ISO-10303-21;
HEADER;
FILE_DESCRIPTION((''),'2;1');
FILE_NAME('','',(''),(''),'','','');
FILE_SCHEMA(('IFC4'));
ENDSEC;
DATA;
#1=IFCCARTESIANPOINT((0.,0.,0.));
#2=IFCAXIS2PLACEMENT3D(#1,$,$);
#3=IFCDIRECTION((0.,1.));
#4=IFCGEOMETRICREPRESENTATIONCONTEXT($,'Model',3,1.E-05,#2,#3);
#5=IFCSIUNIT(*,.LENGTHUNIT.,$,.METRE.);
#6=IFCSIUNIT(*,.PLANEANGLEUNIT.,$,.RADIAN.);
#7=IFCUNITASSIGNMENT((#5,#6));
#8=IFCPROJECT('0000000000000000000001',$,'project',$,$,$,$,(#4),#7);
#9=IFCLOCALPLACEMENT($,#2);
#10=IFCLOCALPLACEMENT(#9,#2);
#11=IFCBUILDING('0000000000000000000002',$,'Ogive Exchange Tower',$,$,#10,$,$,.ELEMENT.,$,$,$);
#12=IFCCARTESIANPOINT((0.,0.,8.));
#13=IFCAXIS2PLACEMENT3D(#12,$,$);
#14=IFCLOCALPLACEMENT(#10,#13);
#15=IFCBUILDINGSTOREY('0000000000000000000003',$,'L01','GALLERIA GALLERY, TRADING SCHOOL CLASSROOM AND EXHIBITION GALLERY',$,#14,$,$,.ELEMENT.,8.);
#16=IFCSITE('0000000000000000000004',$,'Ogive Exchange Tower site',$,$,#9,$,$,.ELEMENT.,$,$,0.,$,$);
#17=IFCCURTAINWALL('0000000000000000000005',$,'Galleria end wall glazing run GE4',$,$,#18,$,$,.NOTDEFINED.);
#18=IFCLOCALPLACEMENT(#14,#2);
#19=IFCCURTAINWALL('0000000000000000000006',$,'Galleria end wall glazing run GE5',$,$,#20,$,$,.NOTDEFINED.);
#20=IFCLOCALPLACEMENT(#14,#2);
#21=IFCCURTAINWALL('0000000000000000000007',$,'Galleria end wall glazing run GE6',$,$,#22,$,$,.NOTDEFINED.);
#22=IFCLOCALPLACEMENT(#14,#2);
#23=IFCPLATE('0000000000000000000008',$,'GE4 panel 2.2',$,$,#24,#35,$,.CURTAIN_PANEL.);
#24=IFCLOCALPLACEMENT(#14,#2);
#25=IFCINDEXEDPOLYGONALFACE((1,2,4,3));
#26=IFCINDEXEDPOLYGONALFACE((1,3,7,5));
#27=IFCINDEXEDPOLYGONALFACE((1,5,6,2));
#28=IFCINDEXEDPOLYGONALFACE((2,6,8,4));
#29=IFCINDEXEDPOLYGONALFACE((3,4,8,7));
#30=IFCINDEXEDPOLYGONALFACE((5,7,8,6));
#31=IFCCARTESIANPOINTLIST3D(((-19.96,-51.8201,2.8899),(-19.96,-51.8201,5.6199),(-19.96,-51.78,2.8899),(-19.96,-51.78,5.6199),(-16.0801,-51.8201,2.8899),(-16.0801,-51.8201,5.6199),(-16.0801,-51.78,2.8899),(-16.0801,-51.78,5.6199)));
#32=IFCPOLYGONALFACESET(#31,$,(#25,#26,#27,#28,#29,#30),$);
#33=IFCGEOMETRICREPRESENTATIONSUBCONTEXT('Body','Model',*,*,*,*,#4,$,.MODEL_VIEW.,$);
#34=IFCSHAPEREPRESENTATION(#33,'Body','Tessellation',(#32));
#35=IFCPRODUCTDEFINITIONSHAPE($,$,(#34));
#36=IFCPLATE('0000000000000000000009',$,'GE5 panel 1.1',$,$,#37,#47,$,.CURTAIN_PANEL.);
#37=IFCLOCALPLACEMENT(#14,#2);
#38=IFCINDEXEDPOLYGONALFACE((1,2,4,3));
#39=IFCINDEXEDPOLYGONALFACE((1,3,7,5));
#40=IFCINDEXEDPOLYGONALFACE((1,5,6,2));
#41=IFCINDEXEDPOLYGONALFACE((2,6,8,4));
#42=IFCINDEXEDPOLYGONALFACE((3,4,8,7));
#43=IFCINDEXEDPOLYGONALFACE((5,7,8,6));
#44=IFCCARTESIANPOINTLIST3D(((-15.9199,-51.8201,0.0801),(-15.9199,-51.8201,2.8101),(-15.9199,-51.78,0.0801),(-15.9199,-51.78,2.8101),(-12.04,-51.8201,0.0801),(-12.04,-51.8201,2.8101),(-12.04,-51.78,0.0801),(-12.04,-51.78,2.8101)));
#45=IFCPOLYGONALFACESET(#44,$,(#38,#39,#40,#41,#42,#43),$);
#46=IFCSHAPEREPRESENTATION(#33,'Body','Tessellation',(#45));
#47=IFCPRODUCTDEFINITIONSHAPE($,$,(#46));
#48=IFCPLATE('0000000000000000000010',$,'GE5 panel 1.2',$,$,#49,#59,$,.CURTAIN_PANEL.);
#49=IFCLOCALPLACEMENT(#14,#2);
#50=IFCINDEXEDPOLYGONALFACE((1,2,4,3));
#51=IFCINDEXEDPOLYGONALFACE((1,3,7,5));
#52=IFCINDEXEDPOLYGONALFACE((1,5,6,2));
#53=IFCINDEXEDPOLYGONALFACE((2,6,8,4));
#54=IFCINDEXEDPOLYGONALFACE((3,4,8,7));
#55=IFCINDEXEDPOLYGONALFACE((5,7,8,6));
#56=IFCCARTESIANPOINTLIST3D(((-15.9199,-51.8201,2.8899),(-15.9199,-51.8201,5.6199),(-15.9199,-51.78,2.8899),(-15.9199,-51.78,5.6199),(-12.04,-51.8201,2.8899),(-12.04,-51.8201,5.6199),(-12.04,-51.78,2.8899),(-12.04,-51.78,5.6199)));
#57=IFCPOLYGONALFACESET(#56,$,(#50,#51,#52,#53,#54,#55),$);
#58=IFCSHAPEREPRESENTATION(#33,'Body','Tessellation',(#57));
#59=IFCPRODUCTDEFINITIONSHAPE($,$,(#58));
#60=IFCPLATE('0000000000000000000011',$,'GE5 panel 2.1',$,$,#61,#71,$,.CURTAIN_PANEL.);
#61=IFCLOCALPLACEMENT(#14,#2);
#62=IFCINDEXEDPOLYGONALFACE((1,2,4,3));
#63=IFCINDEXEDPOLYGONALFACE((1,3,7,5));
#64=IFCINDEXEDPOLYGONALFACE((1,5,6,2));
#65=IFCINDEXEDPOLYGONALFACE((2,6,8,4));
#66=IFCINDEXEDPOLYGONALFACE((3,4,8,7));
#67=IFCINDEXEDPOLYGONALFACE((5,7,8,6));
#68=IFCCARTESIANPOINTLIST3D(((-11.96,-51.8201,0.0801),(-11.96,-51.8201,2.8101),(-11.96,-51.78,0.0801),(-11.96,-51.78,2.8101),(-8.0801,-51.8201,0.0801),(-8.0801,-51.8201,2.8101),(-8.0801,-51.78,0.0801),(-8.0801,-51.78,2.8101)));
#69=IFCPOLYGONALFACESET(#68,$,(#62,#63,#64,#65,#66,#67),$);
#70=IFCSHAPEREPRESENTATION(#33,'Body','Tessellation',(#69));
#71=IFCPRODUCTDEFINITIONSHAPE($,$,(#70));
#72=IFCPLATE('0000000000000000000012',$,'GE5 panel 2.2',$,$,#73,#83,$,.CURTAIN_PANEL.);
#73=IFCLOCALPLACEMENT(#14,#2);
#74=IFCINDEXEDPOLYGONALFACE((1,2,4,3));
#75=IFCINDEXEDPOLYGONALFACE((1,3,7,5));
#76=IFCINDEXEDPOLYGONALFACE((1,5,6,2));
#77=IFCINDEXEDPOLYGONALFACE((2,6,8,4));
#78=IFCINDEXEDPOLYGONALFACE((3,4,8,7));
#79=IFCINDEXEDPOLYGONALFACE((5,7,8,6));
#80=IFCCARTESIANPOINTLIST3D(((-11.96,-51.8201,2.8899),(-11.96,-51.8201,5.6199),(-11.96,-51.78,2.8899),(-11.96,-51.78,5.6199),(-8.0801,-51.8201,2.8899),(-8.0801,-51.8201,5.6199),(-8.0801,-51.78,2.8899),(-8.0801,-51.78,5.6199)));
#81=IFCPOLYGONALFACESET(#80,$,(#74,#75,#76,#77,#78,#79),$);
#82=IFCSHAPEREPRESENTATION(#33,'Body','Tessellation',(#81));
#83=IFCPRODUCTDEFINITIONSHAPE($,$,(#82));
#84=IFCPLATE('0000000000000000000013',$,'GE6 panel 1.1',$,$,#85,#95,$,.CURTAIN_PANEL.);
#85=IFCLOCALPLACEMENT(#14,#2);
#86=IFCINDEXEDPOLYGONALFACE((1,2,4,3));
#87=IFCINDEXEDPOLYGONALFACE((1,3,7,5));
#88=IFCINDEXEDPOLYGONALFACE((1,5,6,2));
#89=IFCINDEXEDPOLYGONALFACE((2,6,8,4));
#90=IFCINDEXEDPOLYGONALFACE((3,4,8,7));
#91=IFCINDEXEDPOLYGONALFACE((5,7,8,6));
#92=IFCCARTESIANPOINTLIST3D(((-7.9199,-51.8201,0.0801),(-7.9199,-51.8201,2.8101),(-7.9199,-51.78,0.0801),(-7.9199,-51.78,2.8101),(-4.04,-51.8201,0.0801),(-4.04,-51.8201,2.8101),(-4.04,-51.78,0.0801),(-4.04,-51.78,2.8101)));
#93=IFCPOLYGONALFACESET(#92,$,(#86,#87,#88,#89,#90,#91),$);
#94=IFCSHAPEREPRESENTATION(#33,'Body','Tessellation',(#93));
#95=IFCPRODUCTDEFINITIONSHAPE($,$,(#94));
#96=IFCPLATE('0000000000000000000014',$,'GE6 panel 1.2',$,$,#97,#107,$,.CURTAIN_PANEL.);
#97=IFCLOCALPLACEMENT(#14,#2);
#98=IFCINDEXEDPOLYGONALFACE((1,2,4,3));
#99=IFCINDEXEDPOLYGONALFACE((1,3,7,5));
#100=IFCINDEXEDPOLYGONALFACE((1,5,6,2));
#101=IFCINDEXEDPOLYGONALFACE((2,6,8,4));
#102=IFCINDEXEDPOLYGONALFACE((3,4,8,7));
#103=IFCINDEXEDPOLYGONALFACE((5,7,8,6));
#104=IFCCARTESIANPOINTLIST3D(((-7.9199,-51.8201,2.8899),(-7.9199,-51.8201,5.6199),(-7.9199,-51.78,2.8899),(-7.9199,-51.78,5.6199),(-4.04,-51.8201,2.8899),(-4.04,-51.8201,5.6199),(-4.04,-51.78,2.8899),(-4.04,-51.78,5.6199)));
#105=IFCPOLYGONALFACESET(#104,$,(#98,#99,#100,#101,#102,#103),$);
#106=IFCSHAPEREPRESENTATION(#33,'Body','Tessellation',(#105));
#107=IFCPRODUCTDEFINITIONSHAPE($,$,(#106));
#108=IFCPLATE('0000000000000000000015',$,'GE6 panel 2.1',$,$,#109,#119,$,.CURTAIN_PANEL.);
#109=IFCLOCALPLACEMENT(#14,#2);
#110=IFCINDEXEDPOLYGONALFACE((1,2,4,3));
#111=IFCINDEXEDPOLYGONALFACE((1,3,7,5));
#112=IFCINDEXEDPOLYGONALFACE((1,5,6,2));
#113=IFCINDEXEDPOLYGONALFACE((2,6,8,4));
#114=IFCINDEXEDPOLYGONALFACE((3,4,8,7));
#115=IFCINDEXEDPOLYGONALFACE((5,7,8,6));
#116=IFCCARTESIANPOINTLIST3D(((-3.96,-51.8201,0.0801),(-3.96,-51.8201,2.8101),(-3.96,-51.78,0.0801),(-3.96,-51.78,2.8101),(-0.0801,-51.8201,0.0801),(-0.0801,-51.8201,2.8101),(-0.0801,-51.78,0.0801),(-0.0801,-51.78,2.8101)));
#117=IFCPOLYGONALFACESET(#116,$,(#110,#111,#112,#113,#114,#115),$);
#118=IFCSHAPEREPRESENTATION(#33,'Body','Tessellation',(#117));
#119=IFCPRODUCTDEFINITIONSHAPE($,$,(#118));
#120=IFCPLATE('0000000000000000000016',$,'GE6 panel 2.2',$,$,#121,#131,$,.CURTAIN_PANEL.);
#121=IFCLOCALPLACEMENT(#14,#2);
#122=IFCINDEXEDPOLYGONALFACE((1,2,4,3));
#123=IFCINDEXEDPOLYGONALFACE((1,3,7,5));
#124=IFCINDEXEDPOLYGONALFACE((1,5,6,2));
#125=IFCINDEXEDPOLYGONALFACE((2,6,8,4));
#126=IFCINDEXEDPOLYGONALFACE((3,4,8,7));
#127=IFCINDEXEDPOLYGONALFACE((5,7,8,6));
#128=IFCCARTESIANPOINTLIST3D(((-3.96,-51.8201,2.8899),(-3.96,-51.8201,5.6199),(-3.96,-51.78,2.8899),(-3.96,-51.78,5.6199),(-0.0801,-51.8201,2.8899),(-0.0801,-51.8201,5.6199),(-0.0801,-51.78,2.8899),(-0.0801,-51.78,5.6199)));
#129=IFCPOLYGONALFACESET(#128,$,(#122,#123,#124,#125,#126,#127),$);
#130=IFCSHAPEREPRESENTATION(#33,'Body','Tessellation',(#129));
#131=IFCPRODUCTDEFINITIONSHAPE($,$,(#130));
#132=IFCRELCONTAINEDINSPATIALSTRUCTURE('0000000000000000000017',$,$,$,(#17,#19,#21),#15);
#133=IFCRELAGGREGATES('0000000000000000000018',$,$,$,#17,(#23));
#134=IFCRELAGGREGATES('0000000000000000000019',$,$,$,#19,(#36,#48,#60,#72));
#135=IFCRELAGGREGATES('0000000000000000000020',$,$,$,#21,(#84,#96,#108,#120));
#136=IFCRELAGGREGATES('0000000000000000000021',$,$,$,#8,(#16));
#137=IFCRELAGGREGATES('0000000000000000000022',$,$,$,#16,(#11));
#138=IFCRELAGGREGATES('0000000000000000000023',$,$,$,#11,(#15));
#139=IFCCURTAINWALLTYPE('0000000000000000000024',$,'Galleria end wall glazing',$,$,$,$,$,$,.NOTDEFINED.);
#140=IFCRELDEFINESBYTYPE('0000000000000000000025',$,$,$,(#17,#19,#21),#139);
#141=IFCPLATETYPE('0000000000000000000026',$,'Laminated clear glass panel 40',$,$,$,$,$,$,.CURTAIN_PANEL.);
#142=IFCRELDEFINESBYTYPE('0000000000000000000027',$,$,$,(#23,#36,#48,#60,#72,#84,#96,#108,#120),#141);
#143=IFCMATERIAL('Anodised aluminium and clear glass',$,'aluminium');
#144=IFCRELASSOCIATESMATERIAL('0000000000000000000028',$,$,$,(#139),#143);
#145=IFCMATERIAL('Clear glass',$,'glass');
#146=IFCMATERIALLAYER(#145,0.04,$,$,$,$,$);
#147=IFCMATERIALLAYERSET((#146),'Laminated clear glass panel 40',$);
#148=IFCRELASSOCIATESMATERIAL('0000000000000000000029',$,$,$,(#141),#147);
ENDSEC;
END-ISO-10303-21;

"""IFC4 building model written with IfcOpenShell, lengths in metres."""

from ifc_helpers import new_model, si_unit, direction, frame, origin, origin_2d, place, context, subcontext, project, spatial, rectangle, extrude, material, layer, layer_set, type_object, element, aggregate, save


model = new_model("IFC4")

# Units and contexts
model_context = context("Model", 3, precision=1e-05, world=origin(), true_north=direction((0.0, 1.0)))
body_context = subcontext(model_context, "Body", "Model", "MODEL_VIEW")
ifc_project = project(units=[si_unit("LENGTHUNIT", "METRE"), si_unit("PLANEANGLEUNIT", "RADIAN")], contexts=[model_context])

# Site, building, storey
site_placement = place(None, origin())
site = spatial("IfcSite", under=ifc_project, at=site_placement, Name="Ogive Exchange Tower site", CompositionType="ELEMENT", RefElevation=0.0)
building_placement = place(site_placement, origin())
building = spatial("IfcBuilding", under=site, at=building_placement, Name="Ogive Exchange Tower", CompositionType="ELEMENT")
storey_placement = place(building_placement, frame((0.0, 0.0, 8.0)))
storey = spatial("IfcBuildingStorey", under=building, at=storey_placement, Name="L01", Description="GALLERIA GALLERY, TRADING SCHOOL CLASSROOM AND EXHIBITION GALLERY", CompositionType="ELEMENT", Elevation=8.0)

# Curtain walls
ifc_material_1 = material(Name="Anodised aluminium and clear glass", Category="aluminium")
curtain_wall_type = type_object("IfcCurtainWallType", Name="Galleria end wall glazing", PredefinedType="NOTDEFINED", material=ifc_material_1)
curtain_wall_1_placement = place(storey_placement, origin())
curtain_wall_1 = element("IfcCurtainWall", 1, at=curtain_wall_1_placement, inside=storey, type_object=curtain_wall_type, Name="Galleria end wall glazing run GE4", PredefinedType="NOTDEFINED")
curtain_wall_2_placement = place(storey_placement, origin())
curtain_wall_2 = element("IfcCurtainWall", 2, at=curtain_wall_2_placement, inside=storey, type_object=curtain_wall_type, Name="Galleria end wall glazing run GE5", PredefinedType="NOTDEFINED")
curtain_wall_3_placement = place(storey_placement, origin())
curtain_wall_3 = element("IfcCurtainWall", 3, at=curtain_wall_3_placement, inside=storey, type_object=curtain_wall_type, Name="Galleria end wall glazing run GE6", PredefinedType="NOTDEFINED")

# Plates
ifc_material_2 = material(Name="Clear glass", Category="glass")
ifc_layer = layer(ifc_material_2, 0.04)
ifc_layer_set = layer_set([ifc_layer], Name="Laminated clear glass panel 40")
plate_type = type_object("IfcPlateType", Name="Laminated clear glass panel 40", PredefinedType="CURTAIN_PANEL", material=ifc_layer_set)
plate_1_placement = place(storey_placement, frame((-18.02, -51.8, 2.8899), z_axis=(0.0, 0.0, 1.0), x_axis=(1.0, 0.0, 0.0)))
plate_1 = element("IfcPlate", 4, at=plate_1_placement, type_object=plate_type, Name="GE4 panel 2.2", PredefinedType="CURTAIN_PANEL", context=body_context, shape_type="SweptSolid", body=[
    extrude(rectangle(XDim=3.8799, YDim=0.04, at=origin_2d()), origin(), (0.0, 0.0, 1.0), 2.73),
])
aggregate(curtain_wall_1, [plate_1])
plate_2_placement = place(storey_placement, frame((-13.98, -51.8, 0.0801), z_axis=(0.0, 0.0, 1.0), x_axis=(1.0, 0.0, 0.0)))
plate_2 = element("IfcPlate", 5, at=plate_2_placement, type_object=plate_type, Name="GE5 panel 1.1", PredefinedType="CURTAIN_PANEL", context=body_context, shape_type="SweptSolid", body=[
    extrude(rectangle(XDim=3.8799, YDim=0.04, at=origin_2d()), origin(), (0.0, 0.0, 1.0), 2.73),
])
plate_3_placement = place(storey_placement, frame((-13.98, -51.8, 2.8899), z_axis=(0.0, 0.0, 1.0), x_axis=(1.0, 0.0, 0.0)))
plate_3 = element("IfcPlate", 6, at=plate_3_placement, type_object=plate_type, Name="GE5 panel 1.2", PredefinedType="CURTAIN_PANEL", context=body_context, shape_type="SweptSolid", body=[
    extrude(rectangle(XDim=3.8799, YDim=0.04, at=origin_2d()), origin(), (0.0, 0.0, 1.0), 2.73),
])
plate_4_placement = place(storey_placement, frame((-10.02, -51.8, 0.0801), z_axis=(0.0, 0.0, 1.0), x_axis=(1.0, 0.0, 0.0)))
plate_4 = element("IfcPlate", 7, at=plate_4_placement, type_object=plate_type, Name="GE5 panel 2.1", PredefinedType="CURTAIN_PANEL", context=body_context, shape_type="SweptSolid", body=[
    extrude(rectangle(XDim=3.8799, YDim=0.04, at=origin_2d()), origin(), (0.0, 0.0, 1.0), 2.73),
])
plate_5_placement = place(storey_placement, frame((-10.02, -51.8, 2.8899), z_axis=(0.0, 0.0, 1.0), x_axis=(1.0, 0.0, 0.0)))
plate_5 = element("IfcPlate", 8, at=plate_5_placement, type_object=plate_type, Name="GE5 panel 2.2", PredefinedType="CURTAIN_PANEL", context=body_context, shape_type="SweptSolid", body=[
    extrude(rectangle(XDim=3.8799, YDim=0.04, at=origin_2d()), origin(), (0.0, 0.0, 1.0), 2.73),
])
aggregate(curtain_wall_2, [plate_2, plate_3, plate_4, plate_5])
plate_6_placement = place(storey_placement, frame((-5.98, -51.8, 0.0801), z_axis=(0.0, 0.0, 1.0), x_axis=(1.0, 0.0, 0.0)))
plate_6 = element("IfcPlate", 9, at=plate_6_placement, type_object=plate_type, Name="GE6 panel 1.1", PredefinedType="CURTAIN_PANEL", context=body_context, shape_type="SweptSolid", body=[
    extrude(rectangle(XDim=3.8799, YDim=0.04, at=origin_2d()), origin(), (0.0, 0.0, 1.0), 2.73),
])
plate_7_placement = place(storey_placement, frame((-5.98, -51.8, 2.8899), z_axis=(0.0, 0.0, 1.0), x_axis=(1.0, 0.0, 0.0)))
plate_7 = element("IfcPlate", 10, at=plate_7_placement, type_object=plate_type, Name="GE6 panel 1.2", PredefinedType="CURTAIN_PANEL", context=body_context, shape_type="SweptSolid", body=[
    extrude(rectangle(XDim=3.8799, YDim=0.04, at=origin_2d()), origin(), (0.0, 0.0, 1.0), 2.73),
])
plate_8_placement = place(storey_placement, frame((-2.02, -51.8, 0.0801), z_axis=(0.0, 0.0, 1.0), x_axis=(1.0, 0.0, 0.0)))
plate_8 = element("IfcPlate", 11, at=plate_8_placement, type_object=plate_type, Name="GE6 panel 2.1", PredefinedType="CURTAIN_PANEL", context=body_context, shape_type="SweptSolid", body=[
    extrude(rectangle(XDim=3.8799, YDim=0.04, at=origin_2d()), origin(), (0.0, 0.0, 1.0), 2.73),
])
plate_9_placement = place(storey_placement, frame((-2.02, -51.8, 2.8899), z_axis=(0.0, 0.0, 1.0), x_axis=(1.0, 0.0, 0.0)))
plate_9 = element("IfcPlate", 12, at=plate_9_placement, type_object=plate_type, Name="GE6 panel 2.2", PredefinedType="CURTAIN_PANEL", context=body_context, shape_type="SweptSolid", body=[
    extrude(rectangle(XDim=3.8799, YDim=0.04, at=origin_2d()), origin(), (0.0, 0.0, 1.0), 2.73),
])
aggregate(curtain_wall_3, [plate_6, plate_7, plate_8, plate_9])

save(model, "model.ifc")
